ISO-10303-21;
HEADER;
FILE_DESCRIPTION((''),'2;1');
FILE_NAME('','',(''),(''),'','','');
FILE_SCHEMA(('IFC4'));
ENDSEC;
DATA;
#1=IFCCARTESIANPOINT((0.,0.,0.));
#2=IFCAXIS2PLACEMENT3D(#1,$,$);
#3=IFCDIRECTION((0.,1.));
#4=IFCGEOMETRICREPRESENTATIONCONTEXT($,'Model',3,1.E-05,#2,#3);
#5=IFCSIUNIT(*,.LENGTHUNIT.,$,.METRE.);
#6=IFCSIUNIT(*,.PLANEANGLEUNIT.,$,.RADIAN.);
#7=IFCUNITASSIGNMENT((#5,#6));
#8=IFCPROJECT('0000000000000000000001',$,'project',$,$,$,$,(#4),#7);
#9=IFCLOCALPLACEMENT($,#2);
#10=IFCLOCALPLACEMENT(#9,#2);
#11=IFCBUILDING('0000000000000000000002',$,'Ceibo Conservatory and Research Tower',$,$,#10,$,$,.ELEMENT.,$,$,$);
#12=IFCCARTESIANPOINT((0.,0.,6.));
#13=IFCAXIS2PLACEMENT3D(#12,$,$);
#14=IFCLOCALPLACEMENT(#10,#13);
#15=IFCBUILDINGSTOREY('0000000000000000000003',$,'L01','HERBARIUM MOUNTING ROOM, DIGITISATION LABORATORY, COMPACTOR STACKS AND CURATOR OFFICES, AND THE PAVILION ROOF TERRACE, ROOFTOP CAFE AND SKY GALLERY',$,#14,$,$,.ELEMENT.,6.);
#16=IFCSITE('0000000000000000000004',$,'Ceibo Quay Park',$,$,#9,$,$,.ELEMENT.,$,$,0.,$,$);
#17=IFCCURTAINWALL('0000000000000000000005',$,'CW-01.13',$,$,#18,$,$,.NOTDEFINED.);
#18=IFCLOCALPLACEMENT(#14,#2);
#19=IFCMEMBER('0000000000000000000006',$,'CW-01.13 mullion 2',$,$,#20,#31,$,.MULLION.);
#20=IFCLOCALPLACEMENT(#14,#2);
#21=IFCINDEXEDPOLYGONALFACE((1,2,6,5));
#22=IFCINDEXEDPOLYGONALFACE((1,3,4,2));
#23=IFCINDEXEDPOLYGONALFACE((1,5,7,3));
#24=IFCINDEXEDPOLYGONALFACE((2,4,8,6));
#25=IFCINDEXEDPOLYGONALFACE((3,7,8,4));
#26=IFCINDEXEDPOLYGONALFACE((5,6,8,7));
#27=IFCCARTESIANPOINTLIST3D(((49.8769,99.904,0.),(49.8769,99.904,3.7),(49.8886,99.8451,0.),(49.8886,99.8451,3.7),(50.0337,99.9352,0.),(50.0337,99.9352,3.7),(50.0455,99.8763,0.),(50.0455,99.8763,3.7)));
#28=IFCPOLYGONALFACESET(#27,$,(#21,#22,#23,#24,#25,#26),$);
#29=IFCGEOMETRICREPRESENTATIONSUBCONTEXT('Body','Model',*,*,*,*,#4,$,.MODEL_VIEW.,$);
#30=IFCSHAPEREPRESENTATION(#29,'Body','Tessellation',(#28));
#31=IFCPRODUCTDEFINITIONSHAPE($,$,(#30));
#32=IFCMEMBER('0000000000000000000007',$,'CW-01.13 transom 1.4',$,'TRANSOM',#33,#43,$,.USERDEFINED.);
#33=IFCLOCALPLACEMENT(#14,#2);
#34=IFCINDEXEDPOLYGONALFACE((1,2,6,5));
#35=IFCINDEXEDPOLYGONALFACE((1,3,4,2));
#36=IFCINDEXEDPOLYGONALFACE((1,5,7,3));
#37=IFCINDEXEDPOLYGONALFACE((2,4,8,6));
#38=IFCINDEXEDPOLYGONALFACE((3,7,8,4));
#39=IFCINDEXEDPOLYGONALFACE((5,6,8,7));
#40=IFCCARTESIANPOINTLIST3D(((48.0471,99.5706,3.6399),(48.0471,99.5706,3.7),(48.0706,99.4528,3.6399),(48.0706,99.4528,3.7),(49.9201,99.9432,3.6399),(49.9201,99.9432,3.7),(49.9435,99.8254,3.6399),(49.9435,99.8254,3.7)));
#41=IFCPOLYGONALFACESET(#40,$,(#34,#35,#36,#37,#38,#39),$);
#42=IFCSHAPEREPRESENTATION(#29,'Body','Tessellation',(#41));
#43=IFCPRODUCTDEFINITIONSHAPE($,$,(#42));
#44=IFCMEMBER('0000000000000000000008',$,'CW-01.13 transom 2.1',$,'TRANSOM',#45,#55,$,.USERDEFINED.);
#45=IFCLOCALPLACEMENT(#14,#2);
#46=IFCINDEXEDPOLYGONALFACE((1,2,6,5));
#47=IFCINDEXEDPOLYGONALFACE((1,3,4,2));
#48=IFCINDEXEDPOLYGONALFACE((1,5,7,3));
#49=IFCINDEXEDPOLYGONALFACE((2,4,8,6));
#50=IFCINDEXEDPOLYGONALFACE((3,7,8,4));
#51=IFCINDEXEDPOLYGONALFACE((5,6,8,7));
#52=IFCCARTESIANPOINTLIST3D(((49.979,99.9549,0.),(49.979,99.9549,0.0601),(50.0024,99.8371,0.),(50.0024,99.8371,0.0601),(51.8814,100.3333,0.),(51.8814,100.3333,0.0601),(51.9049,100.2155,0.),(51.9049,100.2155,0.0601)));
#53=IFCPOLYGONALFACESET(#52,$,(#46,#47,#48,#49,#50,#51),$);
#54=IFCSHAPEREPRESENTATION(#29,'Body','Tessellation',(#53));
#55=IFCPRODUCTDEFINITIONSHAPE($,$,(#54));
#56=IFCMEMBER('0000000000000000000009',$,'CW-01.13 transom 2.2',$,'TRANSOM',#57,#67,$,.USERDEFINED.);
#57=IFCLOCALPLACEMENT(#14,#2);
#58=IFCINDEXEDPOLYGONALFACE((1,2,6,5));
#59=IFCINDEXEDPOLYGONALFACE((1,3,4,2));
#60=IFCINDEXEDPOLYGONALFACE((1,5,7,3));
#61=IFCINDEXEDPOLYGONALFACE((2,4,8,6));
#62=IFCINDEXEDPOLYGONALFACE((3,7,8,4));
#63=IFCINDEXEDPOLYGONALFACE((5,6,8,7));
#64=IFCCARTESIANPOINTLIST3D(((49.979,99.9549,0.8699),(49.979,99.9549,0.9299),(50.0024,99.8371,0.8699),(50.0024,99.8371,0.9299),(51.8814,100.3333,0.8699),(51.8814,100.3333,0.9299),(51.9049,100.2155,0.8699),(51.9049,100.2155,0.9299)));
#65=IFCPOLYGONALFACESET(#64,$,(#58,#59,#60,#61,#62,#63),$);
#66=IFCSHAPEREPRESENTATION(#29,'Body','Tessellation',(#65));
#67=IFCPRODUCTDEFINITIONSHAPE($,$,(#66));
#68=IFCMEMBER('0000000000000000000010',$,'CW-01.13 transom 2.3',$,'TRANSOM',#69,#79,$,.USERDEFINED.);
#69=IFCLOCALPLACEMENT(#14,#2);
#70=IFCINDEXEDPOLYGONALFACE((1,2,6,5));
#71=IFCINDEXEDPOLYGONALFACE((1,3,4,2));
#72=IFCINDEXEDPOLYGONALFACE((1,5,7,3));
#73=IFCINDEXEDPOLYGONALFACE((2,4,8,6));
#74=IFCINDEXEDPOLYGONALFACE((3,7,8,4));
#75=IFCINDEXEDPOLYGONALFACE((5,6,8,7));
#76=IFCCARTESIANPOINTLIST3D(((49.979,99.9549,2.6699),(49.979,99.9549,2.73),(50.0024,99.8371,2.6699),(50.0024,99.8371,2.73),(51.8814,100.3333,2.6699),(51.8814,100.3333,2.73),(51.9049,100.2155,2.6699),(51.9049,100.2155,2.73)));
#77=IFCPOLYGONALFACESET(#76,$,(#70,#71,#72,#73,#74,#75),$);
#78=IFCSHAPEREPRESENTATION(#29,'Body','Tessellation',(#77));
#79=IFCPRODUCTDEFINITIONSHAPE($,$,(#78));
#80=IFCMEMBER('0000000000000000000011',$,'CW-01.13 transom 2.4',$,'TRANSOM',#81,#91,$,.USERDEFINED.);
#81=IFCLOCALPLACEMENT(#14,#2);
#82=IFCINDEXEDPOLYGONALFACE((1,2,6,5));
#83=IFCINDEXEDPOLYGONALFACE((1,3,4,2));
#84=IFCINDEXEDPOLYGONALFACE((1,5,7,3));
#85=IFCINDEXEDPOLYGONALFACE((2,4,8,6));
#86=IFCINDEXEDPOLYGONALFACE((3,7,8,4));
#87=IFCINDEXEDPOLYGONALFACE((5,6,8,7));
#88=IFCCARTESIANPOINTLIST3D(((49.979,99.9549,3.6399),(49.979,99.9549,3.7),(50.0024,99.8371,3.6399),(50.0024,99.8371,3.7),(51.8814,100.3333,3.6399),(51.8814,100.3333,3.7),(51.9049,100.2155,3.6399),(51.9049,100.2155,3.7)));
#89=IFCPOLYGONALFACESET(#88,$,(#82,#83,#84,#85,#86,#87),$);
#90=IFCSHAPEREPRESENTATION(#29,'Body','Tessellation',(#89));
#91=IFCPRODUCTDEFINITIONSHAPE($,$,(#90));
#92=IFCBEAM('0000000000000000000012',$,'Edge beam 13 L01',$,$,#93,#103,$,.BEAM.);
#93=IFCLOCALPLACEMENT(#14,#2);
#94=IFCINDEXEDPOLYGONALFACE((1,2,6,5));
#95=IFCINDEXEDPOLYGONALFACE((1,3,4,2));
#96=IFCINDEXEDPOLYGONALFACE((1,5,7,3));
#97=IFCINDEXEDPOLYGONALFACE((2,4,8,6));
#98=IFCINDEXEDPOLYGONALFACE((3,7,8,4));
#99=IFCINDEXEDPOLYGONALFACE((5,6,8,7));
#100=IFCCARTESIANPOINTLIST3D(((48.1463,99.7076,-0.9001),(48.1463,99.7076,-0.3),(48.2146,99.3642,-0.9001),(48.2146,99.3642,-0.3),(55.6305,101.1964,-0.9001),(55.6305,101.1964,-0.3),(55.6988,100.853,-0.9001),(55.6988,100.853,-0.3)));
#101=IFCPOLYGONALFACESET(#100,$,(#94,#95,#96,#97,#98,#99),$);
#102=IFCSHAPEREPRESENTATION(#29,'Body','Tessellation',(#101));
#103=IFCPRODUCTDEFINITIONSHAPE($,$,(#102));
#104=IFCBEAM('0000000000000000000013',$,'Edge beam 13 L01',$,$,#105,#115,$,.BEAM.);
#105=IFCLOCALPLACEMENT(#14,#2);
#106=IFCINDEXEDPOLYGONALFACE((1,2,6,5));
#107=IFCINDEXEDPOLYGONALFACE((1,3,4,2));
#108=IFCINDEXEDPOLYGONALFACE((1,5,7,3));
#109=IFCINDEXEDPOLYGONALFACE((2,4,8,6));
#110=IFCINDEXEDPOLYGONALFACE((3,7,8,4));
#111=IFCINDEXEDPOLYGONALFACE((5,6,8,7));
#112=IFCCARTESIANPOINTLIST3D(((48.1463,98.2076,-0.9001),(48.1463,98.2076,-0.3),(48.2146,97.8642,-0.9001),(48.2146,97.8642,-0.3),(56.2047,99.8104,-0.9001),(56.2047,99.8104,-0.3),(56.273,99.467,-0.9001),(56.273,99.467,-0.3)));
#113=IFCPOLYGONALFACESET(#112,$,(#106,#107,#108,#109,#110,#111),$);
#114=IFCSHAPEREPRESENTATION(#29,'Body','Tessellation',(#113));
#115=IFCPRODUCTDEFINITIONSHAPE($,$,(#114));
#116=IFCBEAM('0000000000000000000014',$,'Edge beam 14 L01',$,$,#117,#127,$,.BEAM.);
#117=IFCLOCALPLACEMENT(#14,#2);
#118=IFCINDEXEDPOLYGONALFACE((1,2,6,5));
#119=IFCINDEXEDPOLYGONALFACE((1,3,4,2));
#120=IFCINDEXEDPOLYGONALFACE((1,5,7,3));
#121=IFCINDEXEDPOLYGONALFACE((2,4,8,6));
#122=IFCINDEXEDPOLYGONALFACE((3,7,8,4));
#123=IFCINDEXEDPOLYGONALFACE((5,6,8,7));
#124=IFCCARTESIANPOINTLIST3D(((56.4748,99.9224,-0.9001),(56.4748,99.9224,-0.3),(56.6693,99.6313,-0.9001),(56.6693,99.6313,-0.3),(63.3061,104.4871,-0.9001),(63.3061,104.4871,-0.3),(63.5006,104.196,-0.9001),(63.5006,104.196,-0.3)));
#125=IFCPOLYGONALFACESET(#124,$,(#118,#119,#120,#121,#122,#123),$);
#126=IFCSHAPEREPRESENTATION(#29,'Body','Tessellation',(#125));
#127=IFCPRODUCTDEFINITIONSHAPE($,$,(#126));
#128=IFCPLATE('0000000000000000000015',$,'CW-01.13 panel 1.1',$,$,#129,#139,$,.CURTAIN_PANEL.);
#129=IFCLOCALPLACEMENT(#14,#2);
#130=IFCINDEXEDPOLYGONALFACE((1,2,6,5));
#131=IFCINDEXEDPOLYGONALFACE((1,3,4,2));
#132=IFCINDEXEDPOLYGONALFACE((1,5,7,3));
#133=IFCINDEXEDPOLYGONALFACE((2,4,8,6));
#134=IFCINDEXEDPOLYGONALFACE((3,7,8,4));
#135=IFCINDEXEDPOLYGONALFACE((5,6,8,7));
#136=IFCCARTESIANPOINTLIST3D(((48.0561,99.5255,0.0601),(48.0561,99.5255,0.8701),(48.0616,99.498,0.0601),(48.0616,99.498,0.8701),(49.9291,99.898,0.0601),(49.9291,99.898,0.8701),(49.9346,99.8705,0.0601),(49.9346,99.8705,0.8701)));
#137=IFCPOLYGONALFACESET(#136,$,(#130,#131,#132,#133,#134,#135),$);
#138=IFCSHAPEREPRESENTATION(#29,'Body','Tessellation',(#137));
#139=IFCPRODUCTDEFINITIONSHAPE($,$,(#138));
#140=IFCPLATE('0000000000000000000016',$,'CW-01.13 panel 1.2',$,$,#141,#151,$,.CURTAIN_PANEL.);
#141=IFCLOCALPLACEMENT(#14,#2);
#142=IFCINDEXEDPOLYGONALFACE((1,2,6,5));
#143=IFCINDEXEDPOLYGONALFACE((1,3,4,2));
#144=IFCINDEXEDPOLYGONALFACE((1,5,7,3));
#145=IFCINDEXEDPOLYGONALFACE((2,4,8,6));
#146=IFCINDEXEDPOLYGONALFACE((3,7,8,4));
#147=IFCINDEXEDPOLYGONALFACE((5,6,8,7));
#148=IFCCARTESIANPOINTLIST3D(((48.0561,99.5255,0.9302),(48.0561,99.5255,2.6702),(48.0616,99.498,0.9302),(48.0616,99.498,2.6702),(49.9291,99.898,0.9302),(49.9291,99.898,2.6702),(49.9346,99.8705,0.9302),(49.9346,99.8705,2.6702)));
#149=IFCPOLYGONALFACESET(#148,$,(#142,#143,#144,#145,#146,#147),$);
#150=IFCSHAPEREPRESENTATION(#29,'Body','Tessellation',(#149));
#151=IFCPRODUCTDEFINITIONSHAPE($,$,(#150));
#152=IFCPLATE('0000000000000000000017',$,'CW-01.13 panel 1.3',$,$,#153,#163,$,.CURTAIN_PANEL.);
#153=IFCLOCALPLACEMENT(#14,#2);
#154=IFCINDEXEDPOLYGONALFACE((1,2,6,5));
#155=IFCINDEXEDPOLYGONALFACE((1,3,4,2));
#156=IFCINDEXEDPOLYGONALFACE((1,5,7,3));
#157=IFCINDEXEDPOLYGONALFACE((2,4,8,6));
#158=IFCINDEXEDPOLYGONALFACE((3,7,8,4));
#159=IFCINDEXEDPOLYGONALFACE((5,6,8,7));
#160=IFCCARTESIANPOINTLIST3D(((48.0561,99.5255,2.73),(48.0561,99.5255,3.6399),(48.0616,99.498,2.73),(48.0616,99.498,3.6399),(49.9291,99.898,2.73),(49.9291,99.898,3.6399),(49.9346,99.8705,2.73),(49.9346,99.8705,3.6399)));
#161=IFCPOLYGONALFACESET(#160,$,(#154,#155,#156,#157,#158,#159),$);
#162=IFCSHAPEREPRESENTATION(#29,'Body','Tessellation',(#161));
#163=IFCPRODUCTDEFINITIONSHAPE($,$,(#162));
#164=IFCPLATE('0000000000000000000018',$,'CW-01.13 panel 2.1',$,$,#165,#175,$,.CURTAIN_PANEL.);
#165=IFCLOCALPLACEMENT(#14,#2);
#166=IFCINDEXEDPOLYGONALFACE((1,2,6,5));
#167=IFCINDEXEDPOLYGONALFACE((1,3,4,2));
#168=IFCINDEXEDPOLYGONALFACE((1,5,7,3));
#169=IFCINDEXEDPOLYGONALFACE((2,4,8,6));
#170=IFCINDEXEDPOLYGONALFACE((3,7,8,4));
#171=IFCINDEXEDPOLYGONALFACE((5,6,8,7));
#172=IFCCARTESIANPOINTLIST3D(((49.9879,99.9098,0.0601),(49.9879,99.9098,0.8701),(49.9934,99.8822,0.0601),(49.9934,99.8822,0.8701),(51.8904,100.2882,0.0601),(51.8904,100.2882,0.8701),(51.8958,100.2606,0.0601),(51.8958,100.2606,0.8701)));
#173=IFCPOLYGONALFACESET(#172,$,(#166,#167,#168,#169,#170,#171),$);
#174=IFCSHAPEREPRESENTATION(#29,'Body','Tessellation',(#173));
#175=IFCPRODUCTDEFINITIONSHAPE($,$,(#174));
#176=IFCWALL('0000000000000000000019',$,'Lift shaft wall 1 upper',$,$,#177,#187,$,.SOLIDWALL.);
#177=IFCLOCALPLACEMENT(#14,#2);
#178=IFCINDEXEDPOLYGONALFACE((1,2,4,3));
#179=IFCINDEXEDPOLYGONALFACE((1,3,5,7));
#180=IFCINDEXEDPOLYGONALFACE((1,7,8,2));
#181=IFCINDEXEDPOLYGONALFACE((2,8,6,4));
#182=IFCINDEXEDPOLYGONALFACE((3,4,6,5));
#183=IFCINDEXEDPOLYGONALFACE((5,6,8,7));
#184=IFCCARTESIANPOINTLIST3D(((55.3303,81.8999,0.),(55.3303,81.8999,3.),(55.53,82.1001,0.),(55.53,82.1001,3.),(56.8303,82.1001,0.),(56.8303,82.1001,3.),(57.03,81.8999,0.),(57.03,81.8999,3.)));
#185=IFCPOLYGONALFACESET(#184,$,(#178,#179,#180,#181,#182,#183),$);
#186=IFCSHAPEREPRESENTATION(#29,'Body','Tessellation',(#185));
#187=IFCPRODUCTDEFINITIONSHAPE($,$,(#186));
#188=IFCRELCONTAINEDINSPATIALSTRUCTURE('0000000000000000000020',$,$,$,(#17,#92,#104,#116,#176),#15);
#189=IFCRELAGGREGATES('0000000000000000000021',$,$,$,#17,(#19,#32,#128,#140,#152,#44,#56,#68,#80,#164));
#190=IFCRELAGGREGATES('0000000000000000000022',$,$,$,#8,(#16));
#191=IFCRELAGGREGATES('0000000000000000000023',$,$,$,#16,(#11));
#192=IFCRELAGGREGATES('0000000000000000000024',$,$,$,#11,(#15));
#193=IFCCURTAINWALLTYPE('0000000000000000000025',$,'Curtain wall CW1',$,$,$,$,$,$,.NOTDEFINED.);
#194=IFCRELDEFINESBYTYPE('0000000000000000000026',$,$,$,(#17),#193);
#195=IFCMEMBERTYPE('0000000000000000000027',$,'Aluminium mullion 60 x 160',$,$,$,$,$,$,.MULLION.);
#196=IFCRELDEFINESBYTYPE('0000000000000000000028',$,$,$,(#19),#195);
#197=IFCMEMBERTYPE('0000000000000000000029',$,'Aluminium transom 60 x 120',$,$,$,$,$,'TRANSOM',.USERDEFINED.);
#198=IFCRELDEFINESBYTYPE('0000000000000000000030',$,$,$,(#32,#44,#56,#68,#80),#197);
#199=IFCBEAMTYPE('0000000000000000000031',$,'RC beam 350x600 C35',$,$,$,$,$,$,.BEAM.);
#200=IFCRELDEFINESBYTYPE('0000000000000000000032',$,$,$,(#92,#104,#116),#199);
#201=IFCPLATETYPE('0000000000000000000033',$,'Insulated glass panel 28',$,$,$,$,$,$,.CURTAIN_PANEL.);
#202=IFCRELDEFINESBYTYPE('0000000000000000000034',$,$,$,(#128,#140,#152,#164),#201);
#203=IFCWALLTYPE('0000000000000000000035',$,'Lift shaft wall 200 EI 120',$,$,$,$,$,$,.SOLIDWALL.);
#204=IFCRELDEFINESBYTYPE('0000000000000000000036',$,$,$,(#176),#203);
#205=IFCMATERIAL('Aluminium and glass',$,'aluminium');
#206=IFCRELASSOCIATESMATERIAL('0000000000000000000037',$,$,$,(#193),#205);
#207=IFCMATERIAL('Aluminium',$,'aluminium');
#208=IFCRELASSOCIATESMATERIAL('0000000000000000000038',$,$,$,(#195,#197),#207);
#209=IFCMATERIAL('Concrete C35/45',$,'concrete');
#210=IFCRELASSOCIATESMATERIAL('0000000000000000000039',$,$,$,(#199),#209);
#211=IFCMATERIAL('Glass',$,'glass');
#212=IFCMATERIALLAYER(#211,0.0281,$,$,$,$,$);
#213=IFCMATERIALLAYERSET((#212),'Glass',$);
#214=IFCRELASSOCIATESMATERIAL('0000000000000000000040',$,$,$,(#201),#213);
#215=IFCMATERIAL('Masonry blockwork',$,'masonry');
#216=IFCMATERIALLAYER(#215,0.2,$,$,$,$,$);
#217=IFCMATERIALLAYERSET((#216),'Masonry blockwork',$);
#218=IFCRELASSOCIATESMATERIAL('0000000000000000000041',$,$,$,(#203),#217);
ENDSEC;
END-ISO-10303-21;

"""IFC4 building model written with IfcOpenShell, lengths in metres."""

from ifc_helpers import new_model, si_unit, direction, frame, origin, origin_2d, place, context, subcontext, project, spatial, polyline, rectangle, outline, extrude, material, layer, layer_set, material_profile, profile_set, type_object, element, aggregate, save


model = new_model("IFC4")

# Units and contexts
model_context = context("Model", 3, precision=1e-05, world=origin(), true_north=direction((0.0, 1.0)))
body_context = subcontext(model_context, "Body", "Model", "MODEL_VIEW")
ifc_project = project(units=[si_unit("LENGTHUNIT", "METRE"), si_unit("PLANEANGLEUNIT", "RADIAN")], contexts=[model_context])

# Site, building, storey
site_placement = place(None, origin())
site = spatial("IfcSite", under=ifc_project, at=site_placement, Name="Ceibo Quay Park", CompositionType="ELEMENT", RefElevation=0.0)
building_placement = place(site_placement, origin())
building = spatial("IfcBuilding", under=site, at=building_placement, Name="Ceibo Conservatory and Research Tower", CompositionType="ELEMENT")
storey_placement = place(building_placement, frame((0.0, 0.0, 6.0)))
storey = spatial("IfcBuildingStorey", under=building, at=storey_placement, Name="L01", Description="HERBARIUM MOUNTING ROOM, DIGITISATION LABORATORY, COMPACTOR STACKS AND CURATOR OFFICES, AND THE PAVILION ROOF TERRACE, ROOFTOP CAFE AND SKY GALLERY", CompositionType="ELEMENT", Elevation=6.0)

# Curtain wall, members
ifc_material_1 = material(Name="Aluminium and glass", Category="aluminium")
curtain_wall_type = type_object("IfcCurtainWallType", Name="Curtain wall CW1", PredefinedType="NOTDEFINED", material=ifc_material_1)
curtain_wall_placement = place(storey_placement, origin())
curtain_wall = element("IfcCurtainWall", 1, at=curtain_wall_placement, inside=storey, type_object=curtain_wall_type, Name="CW-01.13", PredefinedType="NOTDEFINED")
ifc_material_2 = material(Name="Aluminium", Category="aluminium")
ifc_material_profile_1 = material_profile(ifc_material_2, rectangle(XDim=0.0601, YDim=0.1599, at=origin_2d()), Name="Aluminium 60 x 160")
ifc_profile_set_1 = profile_set([ifc_material_profile_1], Name="Aluminium")
member_type_1 = type_object("IfcMemberType", Name="Aluminium mullion 60 x 160", PredefinedType="MULLION", material=ifc_profile_set_1)
member_1_placement = place(storey_placement, frame((49.9612, 99.8901, 0.0), z_axis=(0.0, 0.0, 1.0), x_axis=(-0.19509, 0.980785, 0.0)))
member_1 = element("IfcMember", 2, at=member_1_placement, type_object=member_type_1, Name="CW-01.13 mullion 2", PredefinedType="MULLION", context=body_context, shape_type="SweptSolid", body=[
    extrude(rectangle(XDim=0.0601, YDim=0.1599, at=origin_2d()), origin(), (0.0, 0.0, 1.0), 3.7),
])
ifc_material_profile_2 = material_profile(ifc_material_2, rectangle(XDim=0.1201, YDim=0.0601, at=origin_2d()), Name="Aluminium 60 x 120")
ifc_profile_set_2 = profile_set([ifc_material_profile_2], Name="Aluminium")
member_type_2 = type_object("IfcMemberType", Name="Aluminium transom 60 x 120", ElementType="TRANSOM", PredefinedType="USERDEFINED", material=ifc_profile_set_2)
member_2_placement = place(storey_placement, frame((48.0588, 99.5117, 3.6699), z_axis=(0.980787, 0.195083, 0.0), x_axis=(-0.195083, 0.980787, 0.0)))
member_2 = element("IfcMember", 3, at=member_2_placement, type_object=member_type_2, Name="CW-01.13 transom 1.4", ObjectType="TRANSOM", PredefinedType="USERDEFINED", context=body_context, shape_type="SweptSolid", body=[
    extrude(rectangle(XDim=0.1201, YDim=0.0601, at=origin_2d()), origin(), (0.0, 0.0, 1.0), 1.9097),
])
member_3_placement = place(storey_placement, frame((49.9907, 99.896, 0.03), z_axis=(0.980783, 0.195099, 0.0), x_axis=(-0.195099, 0.980783, 0.0)))
member_3 = element("IfcMember", 4, at=member_3_placement, type_object=member_type_2, Name="CW-01.13 transom 2.1", ObjectType="TRANSOM", PredefinedType="USERDEFINED", context=body_context, shape_type="SweptSolid", body=[
    extrude(rectangle(XDim=0.1201, YDim=0.0601, at=origin_2d()), origin(), (0.0, 0.0, 1.0), 1.9397),
])
member_4_placement = place(storey_placement, frame((49.9907, 99.896, 0.8999), z_axis=(0.980783, 0.195099, 0.0), x_axis=(-0.195099, 0.980783, 0.0)))
member_4 = element("IfcMember", 5, at=member_4_placement, type_object=member_type_2, Name="CW-01.13 transom 2.2", ObjectType="TRANSOM", PredefinedType="USERDEFINED", context=body_context, shape_type="SweptSolid", body=[
    extrude(rectangle(XDim=0.1201, YDim=0.0601, at=origin_2d()), origin(), (0.0, 0.0, 1.0), 1.9397),
])
member_5_placement = place(storey_placement, frame((49.9907, 99.896, 2.7), z_axis=(0.980783, 0.195099, 0.0), x_axis=(-0.195099, 0.980783, 0.0)))
member_5 = element("IfcMember", 6, at=member_5_placement, type_object=member_type_2, Name="CW-01.13 transom 2.3", ObjectType="TRANSOM", PredefinedType="USERDEFINED", context=body_context, shape_type="SweptSolid", body=[
    extrude(rectangle(XDim=0.1201, YDim=0.0601, at=origin_2d()), origin(), (0.0, 0.0, 1.0), 1.9397),
])
member_6_placement = place(storey_placement, frame((49.9907, 99.896, 3.6699), z_axis=(0.980783, 0.195099, 0.0), x_axis=(-0.195099, 0.980783, 0.0)))
member_6 = element("IfcMember", 7, at=member_6_placement, type_object=member_type_2, Name="CW-01.13 transom 2.4", ObjectType="TRANSOM", PredefinedType="USERDEFINED", context=body_context, shape_type="SweptSolid", body=[
    extrude(rectangle(XDim=0.1201, YDim=0.0601, at=origin_2d()), origin(), (0.0, 0.0, 1.0), 1.9397),
])

# Beams
ifc_material_3 = material(Name="Concrete C35/45", Category="concrete")
ifc_material_profile_3 = material_profile(ifc_material_3, rectangle(XDim=0.3501, YDim=0.6001, at=origin_2d()), Name="RC 350x600")
ifc_profile_set_3 = profile_set([ifc_material_profile_3], Name="Concrete C35/45")
beam_type = type_object("IfcBeamType", Name="RC beam 350x600 C35", PredefinedType="BEAM", material=ifc_profile_set_3)
beam_1_placement = place(storey_placement, frame((48.1804, 99.5359, -0.6001), z_axis=(0.980783, 0.195101, 0.0), x_axis=(-0.195101, 0.980783, 0.0)))
element("IfcBeam", 8, at=beam_1_placement, inside=storey, type_object=beam_type, Name="Edge beam 13 L01", PredefinedType="BEAM", context=body_context, shape_type="SweptSolid", body=[
    extrude(rectangle(XDim=0.3501, YDim=0.6001, at=origin_2d()), origin(), (0.0, 0.0, 1.0), 7.6309),
])
beam_2_placement = place(storey_placement, frame((48.1804, 98.0359, -0.6001), z_axis=(0.980788, 0.195076, 0.0), x_axis=(-0.195076, 0.980788, 0.0)))
element("IfcBeam", 9, at=beam_2_placement, inside=storey, type_object=beam_type, Name="Edge beam 13 L01", PredefinedType="BEAM", context=body_context, shape_type="SweptSolid", body=[
    extrude(rectangle(XDim=0.3501, YDim=0.6001, at=origin_2d()), origin(), (0.0, 0.0, 1.0), 8.2163),
])
beam_3_placement = place(storey_placement, frame((56.572, 99.7769, -0.6001), z_axis=(0.83146, 0.555584, 0.0), x_axis=(-0.555584, 0.83146, 0.0)))
element("IfcBeam", 10, at=beam_3_placement, inside=storey, type_object=beam_type, Name="Edge beam 14 L01", PredefinedType="BEAM", context=body_context, shape_type="SweptSolid", body=[
    extrude(rectangle(XDim=0.3501, YDim=0.6001, at=origin_2d()), origin(), (0.0, 0.0, 1.0), 8.2161),
])

# Plates
ifc_material_4 = material(Name="Glass", Category="glass")
ifc_layer_1 = layer(ifc_material_4, 0.0281)
ifc_layer_set_1 = layer_set([ifc_layer_1], Name="Glass")
plate_type = type_object("IfcPlateType", Name="Insulated glass panel 28", PredefinedType="CURTAIN_PANEL", material=ifc_layer_set_1)
plate_1_placement = place(storey_placement, frame((48.9954, 99.698, 0.0601), z_axis=(0.0, 0.0, 1.0), x_axis=(0.980785, 0.19509, 0.0)))
plate_1 = element("IfcPlate", 11, at=plate_1_placement, type_object=plate_type, Name="CW-01.13 panel 1.1", PredefinedType="CURTAIN_PANEL", context=body_context, shape_type="SweptSolid", body=[
    extrude(rectangle(XDim=1.9097, YDim=0.0281, at=origin_2d()), origin(), (0.0, 0.0, 1.0), 0.8101),
])
plate_2_placement = place(storey_placement, frame((48.9954, 99.698, 0.9302), z_axis=(0.0, 0.0, 1.0), x_axis=(0.980785, 0.19509, 0.0)))
plate_2 = element("IfcPlate", 12, at=plate_2_placement, type_object=plate_type, Name="CW-01.13 panel 1.2", PredefinedType="CURTAIN_PANEL", context=body_context, shape_type="SweptSolid", body=[
    extrude(rectangle(XDim=1.9097, YDim=0.0281, at=origin_2d()), origin(), (0.0, 0.0, 1.0), 1.74),
])
plate_3_placement = place(storey_placement, frame((48.9954, 99.698, 2.73), z_axis=(0.0, 0.0, 1.0), x_axis=(0.980785, 0.19509, 0.0)))
plate_3 = element("IfcPlate", 13, at=plate_3_placement, type_object=plate_type, Name="CW-01.13 panel 1.3", PredefinedType="CURTAIN_PANEL", context=body_context, shape_type="SweptSolid", body=[
    extrude(rectangle(XDim=1.9097, YDim=0.0281, at=origin_2d()), origin(), (0.0, 0.0, 1.0), 0.9099),
])
plate_4_placement = place(storey_placement, frame((50.9419, 100.0852, 0.0601), z_axis=(0.0, 0.0, 1.0), x_axis=(0.980785, 0.19509, 0.0)))
plate_4 = element("IfcPlate", 14, at=plate_4_placement, type_object=plate_type, Name="CW-01.13 panel 2.1", PredefinedType="CURTAIN_PANEL", context=body_context, shape_type="SweptSolid", body=[
    extrude(rectangle(XDim=1.9397, YDim=0.0281, at=origin_2d()), origin(), (0.0, 0.0, 1.0), 0.8101),
])
aggregate(curtain_wall, [member_1, member_2, plate_1, plate_2, plate_3, member_3, member_4, member_5, member_6, plate_4])

# Wall
ifc_material_5 = material(Name="Masonry blockwork", Category="masonry")
ifc_layer_2 = layer(ifc_material_5, 0.2)
ifc_layer_set_2 = layer_set([ifc_layer_2], Name="Masonry blockwork")
wall_type_1 = type_object("IfcWallType", Name="Lift shaft wall 200 EI 120", PredefinedType="SOLIDWALL", material=ifc_layer_set_2)
wall_1_placement = place(storey_placement, frame((55.4302, 82.0, 0.0), z_axis=(0.0, 0.0, 1.0), x_axis=(1.0, 0.0, 0.0)))
element("IfcWall", 15, at=wall_1_placement, inside=storey, type_object=wall_type_1, Name="Lift shaft wall 1 upper", PredefinedType="SOLIDWALL", context=body_context, shape_type="SweptSolid", body=[
    extrude(outline(polyline([(-0.0999, -0.1001), (1.5999, -0.1001), (1.4001, 0.1001), (0.0999, 0.1001), (-0.0999, -0.1001)])), origin(), (0.0, 0.0, 1.0), 3.0),
])

save(model, "model.ifc")
